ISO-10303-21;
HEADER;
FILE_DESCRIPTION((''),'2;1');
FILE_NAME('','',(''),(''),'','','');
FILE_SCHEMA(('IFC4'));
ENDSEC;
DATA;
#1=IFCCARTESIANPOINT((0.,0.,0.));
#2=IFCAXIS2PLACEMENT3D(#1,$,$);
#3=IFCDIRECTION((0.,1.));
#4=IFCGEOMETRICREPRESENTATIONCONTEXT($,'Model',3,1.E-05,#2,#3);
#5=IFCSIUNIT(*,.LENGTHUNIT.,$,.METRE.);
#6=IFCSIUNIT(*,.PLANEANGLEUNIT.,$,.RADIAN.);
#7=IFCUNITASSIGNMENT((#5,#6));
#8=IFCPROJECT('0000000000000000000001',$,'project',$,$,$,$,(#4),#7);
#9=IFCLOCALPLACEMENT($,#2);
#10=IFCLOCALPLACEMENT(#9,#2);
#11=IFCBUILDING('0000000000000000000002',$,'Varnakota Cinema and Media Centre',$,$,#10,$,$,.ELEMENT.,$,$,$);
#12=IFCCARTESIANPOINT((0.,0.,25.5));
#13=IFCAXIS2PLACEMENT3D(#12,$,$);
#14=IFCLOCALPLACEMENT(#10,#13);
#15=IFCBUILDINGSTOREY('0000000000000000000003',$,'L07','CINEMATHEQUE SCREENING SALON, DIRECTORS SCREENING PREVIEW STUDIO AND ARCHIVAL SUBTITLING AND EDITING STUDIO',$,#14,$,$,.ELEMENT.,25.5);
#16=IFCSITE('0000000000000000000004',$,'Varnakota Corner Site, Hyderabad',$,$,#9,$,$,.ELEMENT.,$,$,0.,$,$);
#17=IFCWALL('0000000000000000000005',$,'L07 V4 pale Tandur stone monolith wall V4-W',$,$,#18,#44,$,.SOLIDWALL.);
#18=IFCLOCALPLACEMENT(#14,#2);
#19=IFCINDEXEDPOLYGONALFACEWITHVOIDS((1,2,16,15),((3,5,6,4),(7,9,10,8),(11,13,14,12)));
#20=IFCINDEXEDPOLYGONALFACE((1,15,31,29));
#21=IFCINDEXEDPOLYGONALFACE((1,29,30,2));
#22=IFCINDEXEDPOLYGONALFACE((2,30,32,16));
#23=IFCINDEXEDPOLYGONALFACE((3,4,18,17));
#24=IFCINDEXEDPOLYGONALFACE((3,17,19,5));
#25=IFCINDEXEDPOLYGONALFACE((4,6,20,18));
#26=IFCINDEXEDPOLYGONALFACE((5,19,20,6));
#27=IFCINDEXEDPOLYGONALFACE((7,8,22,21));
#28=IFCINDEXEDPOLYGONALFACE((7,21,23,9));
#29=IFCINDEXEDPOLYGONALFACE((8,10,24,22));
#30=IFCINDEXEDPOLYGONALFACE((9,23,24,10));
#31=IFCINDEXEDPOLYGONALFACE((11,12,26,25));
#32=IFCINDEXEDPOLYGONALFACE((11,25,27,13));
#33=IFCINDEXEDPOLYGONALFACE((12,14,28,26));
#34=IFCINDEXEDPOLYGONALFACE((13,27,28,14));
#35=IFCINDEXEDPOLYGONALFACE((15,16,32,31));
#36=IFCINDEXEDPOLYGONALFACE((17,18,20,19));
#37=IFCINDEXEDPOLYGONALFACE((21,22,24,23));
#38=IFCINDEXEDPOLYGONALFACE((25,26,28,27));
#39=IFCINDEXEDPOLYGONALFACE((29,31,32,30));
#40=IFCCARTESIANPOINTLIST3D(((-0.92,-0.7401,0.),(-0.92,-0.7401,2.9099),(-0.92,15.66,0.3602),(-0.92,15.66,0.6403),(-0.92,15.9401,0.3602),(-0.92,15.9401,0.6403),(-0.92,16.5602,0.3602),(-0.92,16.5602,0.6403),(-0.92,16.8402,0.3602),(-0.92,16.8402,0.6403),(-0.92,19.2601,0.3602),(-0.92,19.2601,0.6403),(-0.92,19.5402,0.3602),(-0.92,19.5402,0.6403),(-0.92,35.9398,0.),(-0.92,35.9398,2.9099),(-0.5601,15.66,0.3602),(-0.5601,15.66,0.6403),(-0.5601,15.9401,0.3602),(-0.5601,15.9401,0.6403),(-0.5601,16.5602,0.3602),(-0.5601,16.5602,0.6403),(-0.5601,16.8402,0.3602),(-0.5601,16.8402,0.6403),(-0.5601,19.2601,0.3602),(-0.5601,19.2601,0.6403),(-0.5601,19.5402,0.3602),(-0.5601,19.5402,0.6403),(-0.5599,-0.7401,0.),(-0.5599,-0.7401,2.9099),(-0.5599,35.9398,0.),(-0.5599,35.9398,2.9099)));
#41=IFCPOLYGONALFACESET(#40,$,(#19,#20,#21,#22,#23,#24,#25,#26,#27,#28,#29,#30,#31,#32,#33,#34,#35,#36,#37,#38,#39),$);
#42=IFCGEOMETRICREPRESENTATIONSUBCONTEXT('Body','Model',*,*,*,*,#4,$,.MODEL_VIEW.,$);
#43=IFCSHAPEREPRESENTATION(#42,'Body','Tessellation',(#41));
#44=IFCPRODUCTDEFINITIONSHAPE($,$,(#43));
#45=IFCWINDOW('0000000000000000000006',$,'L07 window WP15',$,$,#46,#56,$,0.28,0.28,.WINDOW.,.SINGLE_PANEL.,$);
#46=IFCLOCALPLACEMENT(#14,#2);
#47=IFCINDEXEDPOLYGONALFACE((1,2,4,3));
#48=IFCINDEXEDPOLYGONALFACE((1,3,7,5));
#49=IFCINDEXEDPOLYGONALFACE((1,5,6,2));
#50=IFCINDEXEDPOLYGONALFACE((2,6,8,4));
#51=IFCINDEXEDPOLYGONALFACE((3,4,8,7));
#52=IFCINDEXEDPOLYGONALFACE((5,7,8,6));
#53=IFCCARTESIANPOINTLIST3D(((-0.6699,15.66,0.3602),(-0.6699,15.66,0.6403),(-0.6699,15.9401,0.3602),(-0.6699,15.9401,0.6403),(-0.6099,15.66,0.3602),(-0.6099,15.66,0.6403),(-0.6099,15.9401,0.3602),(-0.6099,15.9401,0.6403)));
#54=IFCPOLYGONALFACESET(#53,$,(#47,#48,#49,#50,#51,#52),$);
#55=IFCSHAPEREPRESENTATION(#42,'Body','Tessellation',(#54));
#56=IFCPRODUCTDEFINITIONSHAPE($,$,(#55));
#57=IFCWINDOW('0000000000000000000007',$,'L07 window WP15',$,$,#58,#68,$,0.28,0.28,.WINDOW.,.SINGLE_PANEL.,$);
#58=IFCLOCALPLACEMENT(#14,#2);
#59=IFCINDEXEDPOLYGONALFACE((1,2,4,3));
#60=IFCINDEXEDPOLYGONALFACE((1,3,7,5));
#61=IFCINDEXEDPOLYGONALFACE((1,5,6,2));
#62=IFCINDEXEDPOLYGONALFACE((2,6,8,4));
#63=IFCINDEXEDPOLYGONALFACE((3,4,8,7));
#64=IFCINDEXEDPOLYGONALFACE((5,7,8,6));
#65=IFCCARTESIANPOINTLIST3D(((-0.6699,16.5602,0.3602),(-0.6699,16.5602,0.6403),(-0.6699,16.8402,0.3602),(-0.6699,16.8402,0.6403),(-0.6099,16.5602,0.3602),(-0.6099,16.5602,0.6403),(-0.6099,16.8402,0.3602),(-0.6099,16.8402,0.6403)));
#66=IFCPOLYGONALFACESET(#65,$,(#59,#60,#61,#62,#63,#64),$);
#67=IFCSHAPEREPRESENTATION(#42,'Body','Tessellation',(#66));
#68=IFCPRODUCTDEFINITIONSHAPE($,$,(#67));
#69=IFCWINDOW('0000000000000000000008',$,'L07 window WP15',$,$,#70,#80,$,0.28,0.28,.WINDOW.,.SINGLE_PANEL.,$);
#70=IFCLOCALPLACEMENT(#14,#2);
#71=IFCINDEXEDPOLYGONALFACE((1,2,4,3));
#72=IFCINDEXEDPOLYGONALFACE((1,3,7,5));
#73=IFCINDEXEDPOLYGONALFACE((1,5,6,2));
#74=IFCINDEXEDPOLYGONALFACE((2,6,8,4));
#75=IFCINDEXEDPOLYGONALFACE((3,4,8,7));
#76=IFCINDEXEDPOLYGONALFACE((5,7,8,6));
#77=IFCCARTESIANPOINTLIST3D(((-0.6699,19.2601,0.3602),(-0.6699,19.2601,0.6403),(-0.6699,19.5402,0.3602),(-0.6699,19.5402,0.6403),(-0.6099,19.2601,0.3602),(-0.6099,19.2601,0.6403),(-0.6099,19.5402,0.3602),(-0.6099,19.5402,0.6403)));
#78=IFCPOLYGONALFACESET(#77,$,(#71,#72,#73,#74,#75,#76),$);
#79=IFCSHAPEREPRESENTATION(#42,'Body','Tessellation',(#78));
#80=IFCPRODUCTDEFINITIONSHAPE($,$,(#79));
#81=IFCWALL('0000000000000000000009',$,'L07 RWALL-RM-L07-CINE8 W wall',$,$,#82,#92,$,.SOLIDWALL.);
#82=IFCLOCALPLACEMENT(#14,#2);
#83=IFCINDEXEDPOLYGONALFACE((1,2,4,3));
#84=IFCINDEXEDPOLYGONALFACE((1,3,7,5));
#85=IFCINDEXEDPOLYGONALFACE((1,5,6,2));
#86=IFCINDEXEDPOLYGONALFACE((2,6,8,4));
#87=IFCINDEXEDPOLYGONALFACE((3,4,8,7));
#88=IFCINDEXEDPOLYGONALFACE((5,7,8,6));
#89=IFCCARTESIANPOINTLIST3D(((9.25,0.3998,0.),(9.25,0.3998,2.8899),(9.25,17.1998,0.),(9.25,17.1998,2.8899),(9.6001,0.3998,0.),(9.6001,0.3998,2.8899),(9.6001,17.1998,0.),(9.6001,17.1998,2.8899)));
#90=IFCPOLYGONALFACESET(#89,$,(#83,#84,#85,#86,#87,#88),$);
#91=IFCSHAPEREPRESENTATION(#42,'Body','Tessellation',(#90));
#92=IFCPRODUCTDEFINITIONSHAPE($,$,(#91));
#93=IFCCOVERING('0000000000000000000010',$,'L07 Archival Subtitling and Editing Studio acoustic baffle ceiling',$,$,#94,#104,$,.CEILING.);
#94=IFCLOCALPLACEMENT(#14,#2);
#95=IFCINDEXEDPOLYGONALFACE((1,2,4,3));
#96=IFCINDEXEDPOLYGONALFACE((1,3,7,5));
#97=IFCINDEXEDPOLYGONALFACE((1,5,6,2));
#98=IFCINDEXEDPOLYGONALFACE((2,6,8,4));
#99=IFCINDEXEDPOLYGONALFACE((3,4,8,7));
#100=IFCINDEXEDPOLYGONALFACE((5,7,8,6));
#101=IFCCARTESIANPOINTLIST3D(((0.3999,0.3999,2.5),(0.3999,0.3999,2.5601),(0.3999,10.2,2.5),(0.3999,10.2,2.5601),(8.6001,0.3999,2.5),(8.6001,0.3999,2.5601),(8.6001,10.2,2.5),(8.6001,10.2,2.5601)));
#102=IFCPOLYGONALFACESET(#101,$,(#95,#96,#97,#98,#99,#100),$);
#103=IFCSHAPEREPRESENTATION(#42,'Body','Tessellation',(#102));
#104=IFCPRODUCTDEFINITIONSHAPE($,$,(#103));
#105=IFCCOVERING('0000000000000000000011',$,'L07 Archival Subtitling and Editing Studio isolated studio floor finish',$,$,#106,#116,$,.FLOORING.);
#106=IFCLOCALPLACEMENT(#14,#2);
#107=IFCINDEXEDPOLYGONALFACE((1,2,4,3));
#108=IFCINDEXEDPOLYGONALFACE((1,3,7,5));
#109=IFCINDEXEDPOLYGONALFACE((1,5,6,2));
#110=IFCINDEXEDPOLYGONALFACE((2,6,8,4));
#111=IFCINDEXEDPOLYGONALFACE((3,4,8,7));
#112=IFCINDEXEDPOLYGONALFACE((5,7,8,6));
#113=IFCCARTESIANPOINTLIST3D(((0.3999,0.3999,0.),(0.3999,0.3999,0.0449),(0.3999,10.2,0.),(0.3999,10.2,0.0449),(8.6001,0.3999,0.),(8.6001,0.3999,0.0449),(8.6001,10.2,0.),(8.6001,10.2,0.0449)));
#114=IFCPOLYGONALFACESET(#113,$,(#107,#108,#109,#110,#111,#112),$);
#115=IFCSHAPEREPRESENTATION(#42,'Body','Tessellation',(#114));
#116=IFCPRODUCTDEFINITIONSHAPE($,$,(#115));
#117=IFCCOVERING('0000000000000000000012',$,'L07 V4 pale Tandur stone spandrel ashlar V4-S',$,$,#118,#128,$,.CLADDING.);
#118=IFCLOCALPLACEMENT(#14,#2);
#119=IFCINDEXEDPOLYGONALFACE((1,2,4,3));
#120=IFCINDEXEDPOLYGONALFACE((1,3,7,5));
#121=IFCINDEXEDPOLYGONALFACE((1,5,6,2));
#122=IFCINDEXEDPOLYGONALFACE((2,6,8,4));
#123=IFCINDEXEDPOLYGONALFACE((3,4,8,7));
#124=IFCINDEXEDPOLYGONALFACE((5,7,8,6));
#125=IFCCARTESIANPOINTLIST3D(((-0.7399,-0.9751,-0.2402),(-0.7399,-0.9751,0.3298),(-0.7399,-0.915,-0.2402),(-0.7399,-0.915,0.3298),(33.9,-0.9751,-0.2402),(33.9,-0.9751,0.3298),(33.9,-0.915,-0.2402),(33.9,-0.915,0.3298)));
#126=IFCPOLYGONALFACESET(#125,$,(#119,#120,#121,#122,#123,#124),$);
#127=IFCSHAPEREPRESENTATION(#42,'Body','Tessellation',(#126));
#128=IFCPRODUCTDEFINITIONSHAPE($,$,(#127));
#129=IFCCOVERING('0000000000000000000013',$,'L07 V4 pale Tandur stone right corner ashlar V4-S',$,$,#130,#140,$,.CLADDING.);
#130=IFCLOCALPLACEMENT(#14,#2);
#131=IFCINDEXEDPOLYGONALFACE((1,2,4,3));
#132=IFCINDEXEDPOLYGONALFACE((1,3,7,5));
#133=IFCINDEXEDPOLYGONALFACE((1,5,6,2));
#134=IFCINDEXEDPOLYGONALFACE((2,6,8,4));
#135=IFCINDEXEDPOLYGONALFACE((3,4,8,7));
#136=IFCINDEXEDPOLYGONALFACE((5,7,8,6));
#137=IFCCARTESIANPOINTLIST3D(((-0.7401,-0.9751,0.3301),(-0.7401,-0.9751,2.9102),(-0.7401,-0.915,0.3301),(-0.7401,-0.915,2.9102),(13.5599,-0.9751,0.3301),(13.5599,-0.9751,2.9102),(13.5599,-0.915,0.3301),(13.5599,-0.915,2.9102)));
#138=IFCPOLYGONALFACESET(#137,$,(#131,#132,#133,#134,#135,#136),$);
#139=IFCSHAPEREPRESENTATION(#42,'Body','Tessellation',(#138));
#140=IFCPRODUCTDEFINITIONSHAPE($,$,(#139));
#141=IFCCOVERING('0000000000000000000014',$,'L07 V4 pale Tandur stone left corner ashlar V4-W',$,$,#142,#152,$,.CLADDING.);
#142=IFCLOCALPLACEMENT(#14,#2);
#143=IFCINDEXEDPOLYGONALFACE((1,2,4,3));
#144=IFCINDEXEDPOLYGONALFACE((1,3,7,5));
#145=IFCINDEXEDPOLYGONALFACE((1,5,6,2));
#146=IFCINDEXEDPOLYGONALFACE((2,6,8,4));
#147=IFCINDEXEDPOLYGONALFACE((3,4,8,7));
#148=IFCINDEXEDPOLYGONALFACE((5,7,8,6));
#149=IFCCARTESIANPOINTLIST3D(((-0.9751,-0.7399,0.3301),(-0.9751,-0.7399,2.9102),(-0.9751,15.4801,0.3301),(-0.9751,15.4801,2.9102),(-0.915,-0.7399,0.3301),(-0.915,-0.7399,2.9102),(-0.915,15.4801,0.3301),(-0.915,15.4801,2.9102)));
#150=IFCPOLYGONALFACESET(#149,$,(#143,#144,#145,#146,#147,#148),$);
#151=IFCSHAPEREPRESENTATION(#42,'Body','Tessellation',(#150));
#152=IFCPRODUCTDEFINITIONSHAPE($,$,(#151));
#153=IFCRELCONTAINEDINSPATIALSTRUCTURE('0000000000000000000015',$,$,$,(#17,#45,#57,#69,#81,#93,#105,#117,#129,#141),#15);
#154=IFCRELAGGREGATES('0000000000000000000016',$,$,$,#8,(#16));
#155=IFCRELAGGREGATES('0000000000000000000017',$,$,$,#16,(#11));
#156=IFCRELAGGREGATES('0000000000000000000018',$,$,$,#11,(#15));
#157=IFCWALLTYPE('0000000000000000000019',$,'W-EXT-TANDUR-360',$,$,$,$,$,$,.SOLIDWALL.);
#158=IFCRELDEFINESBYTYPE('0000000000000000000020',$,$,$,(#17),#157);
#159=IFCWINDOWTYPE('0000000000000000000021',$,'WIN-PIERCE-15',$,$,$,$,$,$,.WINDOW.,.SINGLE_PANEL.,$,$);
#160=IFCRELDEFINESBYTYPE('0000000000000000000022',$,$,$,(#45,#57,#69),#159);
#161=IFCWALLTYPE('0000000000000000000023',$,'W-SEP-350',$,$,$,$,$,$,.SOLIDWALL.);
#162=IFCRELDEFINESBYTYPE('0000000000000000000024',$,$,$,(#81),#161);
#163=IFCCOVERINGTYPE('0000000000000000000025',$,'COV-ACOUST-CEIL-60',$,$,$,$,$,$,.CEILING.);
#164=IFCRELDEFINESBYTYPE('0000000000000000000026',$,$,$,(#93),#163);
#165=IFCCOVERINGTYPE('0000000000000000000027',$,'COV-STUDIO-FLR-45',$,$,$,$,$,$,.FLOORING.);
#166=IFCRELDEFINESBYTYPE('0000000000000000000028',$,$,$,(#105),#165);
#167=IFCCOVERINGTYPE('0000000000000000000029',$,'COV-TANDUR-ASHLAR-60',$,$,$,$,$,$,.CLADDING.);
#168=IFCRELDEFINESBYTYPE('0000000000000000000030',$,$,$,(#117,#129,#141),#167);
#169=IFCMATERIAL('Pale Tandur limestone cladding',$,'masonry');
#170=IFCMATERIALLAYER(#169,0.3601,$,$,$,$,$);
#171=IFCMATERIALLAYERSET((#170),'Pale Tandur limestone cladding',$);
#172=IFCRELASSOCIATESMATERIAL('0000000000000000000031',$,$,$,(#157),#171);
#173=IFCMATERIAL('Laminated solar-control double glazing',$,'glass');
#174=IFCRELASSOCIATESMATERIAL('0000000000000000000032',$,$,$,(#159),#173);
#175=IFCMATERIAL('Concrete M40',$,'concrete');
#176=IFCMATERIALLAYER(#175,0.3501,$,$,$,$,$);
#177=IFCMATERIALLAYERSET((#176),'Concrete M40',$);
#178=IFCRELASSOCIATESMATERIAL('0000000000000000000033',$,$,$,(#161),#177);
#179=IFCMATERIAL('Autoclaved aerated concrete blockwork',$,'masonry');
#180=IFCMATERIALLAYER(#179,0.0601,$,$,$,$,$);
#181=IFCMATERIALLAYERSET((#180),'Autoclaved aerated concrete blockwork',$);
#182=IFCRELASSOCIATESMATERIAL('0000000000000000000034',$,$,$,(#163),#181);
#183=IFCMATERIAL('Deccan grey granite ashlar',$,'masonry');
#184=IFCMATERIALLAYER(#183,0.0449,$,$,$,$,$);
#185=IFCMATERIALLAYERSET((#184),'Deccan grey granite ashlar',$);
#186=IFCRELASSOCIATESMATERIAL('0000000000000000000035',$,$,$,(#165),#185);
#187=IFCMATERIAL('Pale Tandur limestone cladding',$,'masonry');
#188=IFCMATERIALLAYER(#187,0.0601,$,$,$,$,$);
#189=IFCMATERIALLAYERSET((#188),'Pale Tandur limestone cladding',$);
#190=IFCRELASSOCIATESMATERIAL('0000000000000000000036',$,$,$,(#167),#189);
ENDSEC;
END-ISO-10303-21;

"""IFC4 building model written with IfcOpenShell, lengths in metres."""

from ifc_helpers import new_model, si_unit, direction, frame, frame_2d, origin, origin_2d, place, context, subcontext, project, spatial, polyline, rectangle, outline, extrude, material, layer, layer_set, type_object, element, fill, save


model = new_model("IFC4")

# Units and contexts
model_context = context("Model", 3, precision=1e-05, world=origin(), true_north=direction((0.0, 1.0)))
body_context = subcontext(model_context, "Body", "Model", "MODEL_VIEW")
ifc_project = project(units=[si_unit("LENGTHUNIT", "METRE"), si_unit("PLANEANGLEUNIT", "RADIAN")], contexts=[model_context])

# Site, building, storey
site_placement = place(None, origin())
site = spatial("IfcSite", under=ifc_project, at=site_placement, Name="Varnakota Corner Site, Hyderabad", CompositionType="ELEMENT", RefElevation=0.0)
building_placement = place(site_placement, origin())
building = spatial("IfcBuilding", under=site, at=building_placement, Name="Varnakota Cinema and Media Centre", CompositionType="ELEMENT")
storey_placement = place(building_placement, frame((0.0, 0.0, 25.5)))
storey = spatial("IfcBuildingStorey", under=building, at=storey_placement, Name="L07", Description="CINEMATHEQUE SCREENING SALON, DIRECTORS SCREENING PREVIEW STUDIO AND ARCHIVAL SUBTITLING AND EDITING STUDIO", CompositionType="ELEMENT", Elevation=25.5)

# Wall, openings, windows
ifc_material_1 = material(Name="Pale Tandur limestone cladding", Category="masonry")
ifc_layer_1 = layer(ifc_material_1, 0.3601)
ifc_layer_set_1 = layer_set([ifc_layer_1], Name="Pale Tandur limestone cladding")
wall_type_1 = type_object("IfcWallType", Name="W-EXT-TANDUR-360", PredefinedType="SOLIDWALL", material=ifc_layer_set_1)
wall_1_placement = place(storey_placement, frame((-0.74, -0.74, 0.0), z_axis=(0.0, 0.0, 1.0), x_axis=(0.0, 1.0, 0.0)))
wall_1 = element("IfcWall", 1, at=wall_1_placement, inside=storey, type_object=wall_type_1, Name="L07 V4 pale Tandur stone monolith wall V4-W", PredefinedType="SOLIDWALL", context=body_context, shape_type="SweptSolid", body=[
    extrude(rectangle(XDim=36.6799, YDim=0.3601, at=frame_2d((18.3398, 0.0))), origin(), (0.0, 0.0, 1.0), 2.9099),
])
opening_1_placement = place(wall_1_placement, frame((16.3999, 0.0, 0.3601)))
opening_1 = element("IfcOpeningElement", 2, at=opening_1_placement, cuts=wall_1, PredefinedType="OPENING", context=body_context, shape_type="SweptSolid", body=[
    extrude(rectangle(XDim=0.28, YDim=0.28, at=frame_2d((0.1401, 0.1401))), frame((0.0, 0.1802, 0.0), z_axis=(0.0, -1.0, 0.0), x_axis=(1.0, 0.0, 0.0)), (0.0, 0.0, 1.0), 0.3601),
])
opening_2_placement = place(wall_1_placement, frame((17.3, 0.0, 0.3601)))
opening_2 = element("IfcOpeningElement", 3, at=opening_2_placement, cuts=wall_1, PredefinedType="OPENING", context=body_context, shape_type="SweptSolid", body=[
    extrude(rectangle(XDim=0.28, YDim=0.28, at=frame_2d((0.1401, 0.1401))), frame((0.0, 0.1802, 0.0), z_axis=(0.0, -1.0, 0.0), x_axis=(1.0, 0.0, 0.0)), (0.0, 0.0, 1.0), 0.3601),
])
opening_3_placement = place(wall_1_placement, frame((20.0, 0.0, 0.3601)))
opening_3 = element("IfcOpeningElement", 4, at=opening_3_placement, cuts=wall_1, PredefinedType="OPENING", context=body_context, shape_type="SweptSolid", body=[
    extrude(rectangle(XDim=0.28, YDim=0.28, at=frame_2d((0.1401, 0.1401))), frame((0.0, 0.1802, 0.0), z_axis=(0.0, -1.0, 0.0), x_axis=(1.0, 0.0, 0.0)), (0.0, 0.0, 1.0), 0.3601),
])
ifc_material_2 = material(Name="Laminated solar-control double glazing", Category="glass")
window_type = type_object("IfcWindowType", Name="WIN-PIERCE-15", PartitioningType="SINGLE_PANEL", PredefinedType="WINDOW", material=ifc_material_2)
window_1_placement = place(opening_1_placement, origin())
window_1 = element("IfcWindow", 5, at=window_1_placement, inside=storey, type_object=window_type, Name="L07 window WP15", OverallHeight=0.28, OverallWidth=0.28, PartitioningType="SINGLE_PANEL", PredefinedType="WINDOW", context=body_context, shape_type="SweptSolid", body=[
    extrude(rectangle(XDim=0.28, YDim=0.28, at=frame_2d((0.1401, 0.1401))), frame((0.0, -0.0701, 0.0), z_axis=(0.0, -1.0, 0.0), x_axis=(1.0, 0.0, 0.0)), (0.0, 0.0, 1.0), 0.0601),
])
fill(opening_1, window_1)
window_2_placement = place(opening_2_placement, origin())
window_2 = element("IfcWindow", 6, at=window_2_placement, inside=storey, type_object=window_type, Name="L07 window WP15", OverallHeight=0.28, OverallWidth=0.28, PartitioningType="SINGLE_PANEL", PredefinedType="WINDOW", context=body_context, shape_type="SweptSolid", body=[
    extrude(rectangle(XDim=0.28, YDim=0.28, at=frame_2d((0.1401, 0.1401))), frame((0.0, -0.0701, 0.0), z_axis=(0.0, -1.0, 0.0), x_axis=(1.0, 0.0, 0.0)), (0.0, 0.0, 1.0), 0.0601),
])
fill(opening_2, window_2)
window_3_placement = place(opening_3_placement, origin())
window_3 = element("IfcWindow", 7, at=window_3_placement, inside=storey, type_object=window_type, Name="L07 window WP15", OverallHeight=0.28, OverallWidth=0.28, PartitioningType="SINGLE_PANEL", PredefinedType="WINDOW", context=body_context, shape_type="SweptSolid", body=[
    extrude(rectangle(XDim=0.28, YDim=0.28, at=frame_2d((0.1401, 0.1401))), frame((0.0, -0.0701, 0.0), z_axis=(0.0, -1.0, 0.0), x_axis=(1.0, 0.0, 0.0)), (0.0, 0.0, 1.0), 0.0601),
])
fill(opening_3, window_3)

# Wall
ifc_material_3 = material(Name="Concrete M40", Category="concrete")
ifc_layer_2 = layer(ifc_material_3, 0.3501)
ifc_layer_set_2 = layer_set([ifc_layer_2], Name="Concrete M40")
wall_type_2 = type_object("IfcWallType", Name="W-SEP-350", PredefinedType="SOLIDWALL", material=ifc_layer_set_2)
wall_2_placement = place(storey_placement, frame((9.425, 0.3999, 0.0), z_axis=(0.0, 0.0, 1.0), x_axis=(0.0, 1.0, 0.0)))
element("IfcWall", 8, at=wall_2_placement, inside=storey, type_object=wall_type_2, Name="L07 RWALL-RM-L07-CINE8 W wall", PredefinedType="SOLIDWALL", context=body_context, shape_type="SweptSolid", body=[
    extrude(rectangle(XDim=16.8, YDim=0.3501, at=frame_2d((8.3999, 0.0))), origin(), (0.0, 0.0, 1.0), 2.8899),
])

# Coverings
ifc_material_4 = material(Name="Autoclaved aerated concrete blockwork", Category="masonry")
ifc_layer_3 = layer(ifc_material_4, 0.0601)
ifc_layer_set_3 = layer_set([ifc_layer_3], Name="Autoclaved aerated concrete blockwork")
covering_type_1 = type_object("IfcCoveringType", Name="COV-ACOUST-CEIL-60", PredefinedType="CEILING", material=ifc_layer_set_3)
covering_1_placement = place(storey_placement, frame((0.0, 0.0, 2.5)))
element("IfcCovering", 9, at=covering_1_placement, inside=storey, type_object=covering_type_1, Name="L07 Archival Subtitling and Editing Studio acoustic baffle ceiling", PredefinedType="CEILING", context=body_context, shape_type="SweptSolid", body=[
    extrude(outline(polyline([(0.3999, 0.3999), (8.6001, 0.3999), (8.6001, 10.2), (0.3999, 10.2), (0.3999, 0.3999)])), origin(), (0.0, 0.0, 1.0), 0.0601),
])
ifc_material_5 = material(Name="Deccan grey granite ashlar", Category="masonry")
ifc_layer_4 = layer(ifc_material_5, 0.0449)
ifc_layer_set_4 = layer_set([ifc_layer_4], Name="Deccan grey granite ashlar")
covering_type_2 = type_object("IfcCoveringType", Name="COV-STUDIO-FLR-45", PredefinedType="FLOORING", material=ifc_layer_set_4)
covering_2_placement = place(storey_placement, origin())
element("IfcCovering", 10, at=covering_2_placement, inside=storey, type_object=covering_type_2, Name="L07 Archival Subtitling and Editing Studio isolated studio floor finish", PredefinedType="FLOORING", context=body_context, shape_type="SweptSolid", body=[
    extrude(outline(polyline([(0.3999, 0.3999), (8.6001, 0.3999), (8.6001, 10.2), (0.3999, 10.2), (0.3999, 0.3999)])), origin(), (0.0, 0.0, 1.0), 0.0449),
])
ifc_material_6 = material(Name="Pale Tandur limestone cladding", Category="masonry")
ifc_layer_5 = layer(ifc_material_6, 0.0601)
ifc_layer_set_5 = layer_set([ifc_layer_5], Name="Pale Tandur limestone cladding")
covering_type_3 = type_object("IfcCoveringType", Name="COV-TANDUR-ASHLAR-60", PredefinedType="CLADDING", material=ifc_layer_set_5)
covering_3_placement = place(storey_placement, frame((16.5801, -0.9451, -0.2402), z_axis=(0.0, 0.0, 1.0), x_axis=(-1.0, 0.0, 0.0)))
element("IfcCovering", 11, at=covering_3_placement, inside=storey, type_object=covering_type_3, Name="L07 V4 pale Tandur stone spandrel ashlar V4-S", PredefinedType="CLADDING", context=body_context, shape_type="SweptSolid", body=[
    extrude(rectangle(XDim=34.6399, YDim=0.0601, at=origin_2d()), origin(), (0.0, 0.0, 1.0), 0.5701),
])
covering_4_placement = place(storey_placement, frame((6.4099, -0.9451, 0.3301), z_axis=(0.0, 0.0, 1.0), x_axis=(-1.0, 0.0, 0.0)))
element("IfcCovering", 12, at=covering_4_placement, inside=storey, type_object=covering_type_3, Name="L07 V4 pale Tandur stone right corner ashlar V4-S", PredefinedType="CLADDING", context=body_context, shape_type="SweptSolid", body=[
    extrude(rectangle(XDim=14.3, YDim=0.0601, at=origin_2d()), origin(), (0.0, 0.0, 1.0), 2.5801),
])
covering_5_placement = place(storey_placement, frame((-0.9451, 7.3701, 0.3301), z_axis=(0.0, 0.0, 1.0), x_axis=(0.0, 1.0, 0.0)))
element("IfcCovering", 13, at=covering_5_placement, inside=storey, type_object=covering_type_3, Name="L07 V4 pale Tandur stone left corner ashlar V4-W", PredefinedType="CLADDING", context=body_context, shape_type="SweptSolid", body=[
    extrude(rectangle(XDim=16.22, YDim=0.0601, at=origin_2d()), origin(), (0.0, 0.0, 1.0), 2.5801),
])

save(model, "model.ifc")
